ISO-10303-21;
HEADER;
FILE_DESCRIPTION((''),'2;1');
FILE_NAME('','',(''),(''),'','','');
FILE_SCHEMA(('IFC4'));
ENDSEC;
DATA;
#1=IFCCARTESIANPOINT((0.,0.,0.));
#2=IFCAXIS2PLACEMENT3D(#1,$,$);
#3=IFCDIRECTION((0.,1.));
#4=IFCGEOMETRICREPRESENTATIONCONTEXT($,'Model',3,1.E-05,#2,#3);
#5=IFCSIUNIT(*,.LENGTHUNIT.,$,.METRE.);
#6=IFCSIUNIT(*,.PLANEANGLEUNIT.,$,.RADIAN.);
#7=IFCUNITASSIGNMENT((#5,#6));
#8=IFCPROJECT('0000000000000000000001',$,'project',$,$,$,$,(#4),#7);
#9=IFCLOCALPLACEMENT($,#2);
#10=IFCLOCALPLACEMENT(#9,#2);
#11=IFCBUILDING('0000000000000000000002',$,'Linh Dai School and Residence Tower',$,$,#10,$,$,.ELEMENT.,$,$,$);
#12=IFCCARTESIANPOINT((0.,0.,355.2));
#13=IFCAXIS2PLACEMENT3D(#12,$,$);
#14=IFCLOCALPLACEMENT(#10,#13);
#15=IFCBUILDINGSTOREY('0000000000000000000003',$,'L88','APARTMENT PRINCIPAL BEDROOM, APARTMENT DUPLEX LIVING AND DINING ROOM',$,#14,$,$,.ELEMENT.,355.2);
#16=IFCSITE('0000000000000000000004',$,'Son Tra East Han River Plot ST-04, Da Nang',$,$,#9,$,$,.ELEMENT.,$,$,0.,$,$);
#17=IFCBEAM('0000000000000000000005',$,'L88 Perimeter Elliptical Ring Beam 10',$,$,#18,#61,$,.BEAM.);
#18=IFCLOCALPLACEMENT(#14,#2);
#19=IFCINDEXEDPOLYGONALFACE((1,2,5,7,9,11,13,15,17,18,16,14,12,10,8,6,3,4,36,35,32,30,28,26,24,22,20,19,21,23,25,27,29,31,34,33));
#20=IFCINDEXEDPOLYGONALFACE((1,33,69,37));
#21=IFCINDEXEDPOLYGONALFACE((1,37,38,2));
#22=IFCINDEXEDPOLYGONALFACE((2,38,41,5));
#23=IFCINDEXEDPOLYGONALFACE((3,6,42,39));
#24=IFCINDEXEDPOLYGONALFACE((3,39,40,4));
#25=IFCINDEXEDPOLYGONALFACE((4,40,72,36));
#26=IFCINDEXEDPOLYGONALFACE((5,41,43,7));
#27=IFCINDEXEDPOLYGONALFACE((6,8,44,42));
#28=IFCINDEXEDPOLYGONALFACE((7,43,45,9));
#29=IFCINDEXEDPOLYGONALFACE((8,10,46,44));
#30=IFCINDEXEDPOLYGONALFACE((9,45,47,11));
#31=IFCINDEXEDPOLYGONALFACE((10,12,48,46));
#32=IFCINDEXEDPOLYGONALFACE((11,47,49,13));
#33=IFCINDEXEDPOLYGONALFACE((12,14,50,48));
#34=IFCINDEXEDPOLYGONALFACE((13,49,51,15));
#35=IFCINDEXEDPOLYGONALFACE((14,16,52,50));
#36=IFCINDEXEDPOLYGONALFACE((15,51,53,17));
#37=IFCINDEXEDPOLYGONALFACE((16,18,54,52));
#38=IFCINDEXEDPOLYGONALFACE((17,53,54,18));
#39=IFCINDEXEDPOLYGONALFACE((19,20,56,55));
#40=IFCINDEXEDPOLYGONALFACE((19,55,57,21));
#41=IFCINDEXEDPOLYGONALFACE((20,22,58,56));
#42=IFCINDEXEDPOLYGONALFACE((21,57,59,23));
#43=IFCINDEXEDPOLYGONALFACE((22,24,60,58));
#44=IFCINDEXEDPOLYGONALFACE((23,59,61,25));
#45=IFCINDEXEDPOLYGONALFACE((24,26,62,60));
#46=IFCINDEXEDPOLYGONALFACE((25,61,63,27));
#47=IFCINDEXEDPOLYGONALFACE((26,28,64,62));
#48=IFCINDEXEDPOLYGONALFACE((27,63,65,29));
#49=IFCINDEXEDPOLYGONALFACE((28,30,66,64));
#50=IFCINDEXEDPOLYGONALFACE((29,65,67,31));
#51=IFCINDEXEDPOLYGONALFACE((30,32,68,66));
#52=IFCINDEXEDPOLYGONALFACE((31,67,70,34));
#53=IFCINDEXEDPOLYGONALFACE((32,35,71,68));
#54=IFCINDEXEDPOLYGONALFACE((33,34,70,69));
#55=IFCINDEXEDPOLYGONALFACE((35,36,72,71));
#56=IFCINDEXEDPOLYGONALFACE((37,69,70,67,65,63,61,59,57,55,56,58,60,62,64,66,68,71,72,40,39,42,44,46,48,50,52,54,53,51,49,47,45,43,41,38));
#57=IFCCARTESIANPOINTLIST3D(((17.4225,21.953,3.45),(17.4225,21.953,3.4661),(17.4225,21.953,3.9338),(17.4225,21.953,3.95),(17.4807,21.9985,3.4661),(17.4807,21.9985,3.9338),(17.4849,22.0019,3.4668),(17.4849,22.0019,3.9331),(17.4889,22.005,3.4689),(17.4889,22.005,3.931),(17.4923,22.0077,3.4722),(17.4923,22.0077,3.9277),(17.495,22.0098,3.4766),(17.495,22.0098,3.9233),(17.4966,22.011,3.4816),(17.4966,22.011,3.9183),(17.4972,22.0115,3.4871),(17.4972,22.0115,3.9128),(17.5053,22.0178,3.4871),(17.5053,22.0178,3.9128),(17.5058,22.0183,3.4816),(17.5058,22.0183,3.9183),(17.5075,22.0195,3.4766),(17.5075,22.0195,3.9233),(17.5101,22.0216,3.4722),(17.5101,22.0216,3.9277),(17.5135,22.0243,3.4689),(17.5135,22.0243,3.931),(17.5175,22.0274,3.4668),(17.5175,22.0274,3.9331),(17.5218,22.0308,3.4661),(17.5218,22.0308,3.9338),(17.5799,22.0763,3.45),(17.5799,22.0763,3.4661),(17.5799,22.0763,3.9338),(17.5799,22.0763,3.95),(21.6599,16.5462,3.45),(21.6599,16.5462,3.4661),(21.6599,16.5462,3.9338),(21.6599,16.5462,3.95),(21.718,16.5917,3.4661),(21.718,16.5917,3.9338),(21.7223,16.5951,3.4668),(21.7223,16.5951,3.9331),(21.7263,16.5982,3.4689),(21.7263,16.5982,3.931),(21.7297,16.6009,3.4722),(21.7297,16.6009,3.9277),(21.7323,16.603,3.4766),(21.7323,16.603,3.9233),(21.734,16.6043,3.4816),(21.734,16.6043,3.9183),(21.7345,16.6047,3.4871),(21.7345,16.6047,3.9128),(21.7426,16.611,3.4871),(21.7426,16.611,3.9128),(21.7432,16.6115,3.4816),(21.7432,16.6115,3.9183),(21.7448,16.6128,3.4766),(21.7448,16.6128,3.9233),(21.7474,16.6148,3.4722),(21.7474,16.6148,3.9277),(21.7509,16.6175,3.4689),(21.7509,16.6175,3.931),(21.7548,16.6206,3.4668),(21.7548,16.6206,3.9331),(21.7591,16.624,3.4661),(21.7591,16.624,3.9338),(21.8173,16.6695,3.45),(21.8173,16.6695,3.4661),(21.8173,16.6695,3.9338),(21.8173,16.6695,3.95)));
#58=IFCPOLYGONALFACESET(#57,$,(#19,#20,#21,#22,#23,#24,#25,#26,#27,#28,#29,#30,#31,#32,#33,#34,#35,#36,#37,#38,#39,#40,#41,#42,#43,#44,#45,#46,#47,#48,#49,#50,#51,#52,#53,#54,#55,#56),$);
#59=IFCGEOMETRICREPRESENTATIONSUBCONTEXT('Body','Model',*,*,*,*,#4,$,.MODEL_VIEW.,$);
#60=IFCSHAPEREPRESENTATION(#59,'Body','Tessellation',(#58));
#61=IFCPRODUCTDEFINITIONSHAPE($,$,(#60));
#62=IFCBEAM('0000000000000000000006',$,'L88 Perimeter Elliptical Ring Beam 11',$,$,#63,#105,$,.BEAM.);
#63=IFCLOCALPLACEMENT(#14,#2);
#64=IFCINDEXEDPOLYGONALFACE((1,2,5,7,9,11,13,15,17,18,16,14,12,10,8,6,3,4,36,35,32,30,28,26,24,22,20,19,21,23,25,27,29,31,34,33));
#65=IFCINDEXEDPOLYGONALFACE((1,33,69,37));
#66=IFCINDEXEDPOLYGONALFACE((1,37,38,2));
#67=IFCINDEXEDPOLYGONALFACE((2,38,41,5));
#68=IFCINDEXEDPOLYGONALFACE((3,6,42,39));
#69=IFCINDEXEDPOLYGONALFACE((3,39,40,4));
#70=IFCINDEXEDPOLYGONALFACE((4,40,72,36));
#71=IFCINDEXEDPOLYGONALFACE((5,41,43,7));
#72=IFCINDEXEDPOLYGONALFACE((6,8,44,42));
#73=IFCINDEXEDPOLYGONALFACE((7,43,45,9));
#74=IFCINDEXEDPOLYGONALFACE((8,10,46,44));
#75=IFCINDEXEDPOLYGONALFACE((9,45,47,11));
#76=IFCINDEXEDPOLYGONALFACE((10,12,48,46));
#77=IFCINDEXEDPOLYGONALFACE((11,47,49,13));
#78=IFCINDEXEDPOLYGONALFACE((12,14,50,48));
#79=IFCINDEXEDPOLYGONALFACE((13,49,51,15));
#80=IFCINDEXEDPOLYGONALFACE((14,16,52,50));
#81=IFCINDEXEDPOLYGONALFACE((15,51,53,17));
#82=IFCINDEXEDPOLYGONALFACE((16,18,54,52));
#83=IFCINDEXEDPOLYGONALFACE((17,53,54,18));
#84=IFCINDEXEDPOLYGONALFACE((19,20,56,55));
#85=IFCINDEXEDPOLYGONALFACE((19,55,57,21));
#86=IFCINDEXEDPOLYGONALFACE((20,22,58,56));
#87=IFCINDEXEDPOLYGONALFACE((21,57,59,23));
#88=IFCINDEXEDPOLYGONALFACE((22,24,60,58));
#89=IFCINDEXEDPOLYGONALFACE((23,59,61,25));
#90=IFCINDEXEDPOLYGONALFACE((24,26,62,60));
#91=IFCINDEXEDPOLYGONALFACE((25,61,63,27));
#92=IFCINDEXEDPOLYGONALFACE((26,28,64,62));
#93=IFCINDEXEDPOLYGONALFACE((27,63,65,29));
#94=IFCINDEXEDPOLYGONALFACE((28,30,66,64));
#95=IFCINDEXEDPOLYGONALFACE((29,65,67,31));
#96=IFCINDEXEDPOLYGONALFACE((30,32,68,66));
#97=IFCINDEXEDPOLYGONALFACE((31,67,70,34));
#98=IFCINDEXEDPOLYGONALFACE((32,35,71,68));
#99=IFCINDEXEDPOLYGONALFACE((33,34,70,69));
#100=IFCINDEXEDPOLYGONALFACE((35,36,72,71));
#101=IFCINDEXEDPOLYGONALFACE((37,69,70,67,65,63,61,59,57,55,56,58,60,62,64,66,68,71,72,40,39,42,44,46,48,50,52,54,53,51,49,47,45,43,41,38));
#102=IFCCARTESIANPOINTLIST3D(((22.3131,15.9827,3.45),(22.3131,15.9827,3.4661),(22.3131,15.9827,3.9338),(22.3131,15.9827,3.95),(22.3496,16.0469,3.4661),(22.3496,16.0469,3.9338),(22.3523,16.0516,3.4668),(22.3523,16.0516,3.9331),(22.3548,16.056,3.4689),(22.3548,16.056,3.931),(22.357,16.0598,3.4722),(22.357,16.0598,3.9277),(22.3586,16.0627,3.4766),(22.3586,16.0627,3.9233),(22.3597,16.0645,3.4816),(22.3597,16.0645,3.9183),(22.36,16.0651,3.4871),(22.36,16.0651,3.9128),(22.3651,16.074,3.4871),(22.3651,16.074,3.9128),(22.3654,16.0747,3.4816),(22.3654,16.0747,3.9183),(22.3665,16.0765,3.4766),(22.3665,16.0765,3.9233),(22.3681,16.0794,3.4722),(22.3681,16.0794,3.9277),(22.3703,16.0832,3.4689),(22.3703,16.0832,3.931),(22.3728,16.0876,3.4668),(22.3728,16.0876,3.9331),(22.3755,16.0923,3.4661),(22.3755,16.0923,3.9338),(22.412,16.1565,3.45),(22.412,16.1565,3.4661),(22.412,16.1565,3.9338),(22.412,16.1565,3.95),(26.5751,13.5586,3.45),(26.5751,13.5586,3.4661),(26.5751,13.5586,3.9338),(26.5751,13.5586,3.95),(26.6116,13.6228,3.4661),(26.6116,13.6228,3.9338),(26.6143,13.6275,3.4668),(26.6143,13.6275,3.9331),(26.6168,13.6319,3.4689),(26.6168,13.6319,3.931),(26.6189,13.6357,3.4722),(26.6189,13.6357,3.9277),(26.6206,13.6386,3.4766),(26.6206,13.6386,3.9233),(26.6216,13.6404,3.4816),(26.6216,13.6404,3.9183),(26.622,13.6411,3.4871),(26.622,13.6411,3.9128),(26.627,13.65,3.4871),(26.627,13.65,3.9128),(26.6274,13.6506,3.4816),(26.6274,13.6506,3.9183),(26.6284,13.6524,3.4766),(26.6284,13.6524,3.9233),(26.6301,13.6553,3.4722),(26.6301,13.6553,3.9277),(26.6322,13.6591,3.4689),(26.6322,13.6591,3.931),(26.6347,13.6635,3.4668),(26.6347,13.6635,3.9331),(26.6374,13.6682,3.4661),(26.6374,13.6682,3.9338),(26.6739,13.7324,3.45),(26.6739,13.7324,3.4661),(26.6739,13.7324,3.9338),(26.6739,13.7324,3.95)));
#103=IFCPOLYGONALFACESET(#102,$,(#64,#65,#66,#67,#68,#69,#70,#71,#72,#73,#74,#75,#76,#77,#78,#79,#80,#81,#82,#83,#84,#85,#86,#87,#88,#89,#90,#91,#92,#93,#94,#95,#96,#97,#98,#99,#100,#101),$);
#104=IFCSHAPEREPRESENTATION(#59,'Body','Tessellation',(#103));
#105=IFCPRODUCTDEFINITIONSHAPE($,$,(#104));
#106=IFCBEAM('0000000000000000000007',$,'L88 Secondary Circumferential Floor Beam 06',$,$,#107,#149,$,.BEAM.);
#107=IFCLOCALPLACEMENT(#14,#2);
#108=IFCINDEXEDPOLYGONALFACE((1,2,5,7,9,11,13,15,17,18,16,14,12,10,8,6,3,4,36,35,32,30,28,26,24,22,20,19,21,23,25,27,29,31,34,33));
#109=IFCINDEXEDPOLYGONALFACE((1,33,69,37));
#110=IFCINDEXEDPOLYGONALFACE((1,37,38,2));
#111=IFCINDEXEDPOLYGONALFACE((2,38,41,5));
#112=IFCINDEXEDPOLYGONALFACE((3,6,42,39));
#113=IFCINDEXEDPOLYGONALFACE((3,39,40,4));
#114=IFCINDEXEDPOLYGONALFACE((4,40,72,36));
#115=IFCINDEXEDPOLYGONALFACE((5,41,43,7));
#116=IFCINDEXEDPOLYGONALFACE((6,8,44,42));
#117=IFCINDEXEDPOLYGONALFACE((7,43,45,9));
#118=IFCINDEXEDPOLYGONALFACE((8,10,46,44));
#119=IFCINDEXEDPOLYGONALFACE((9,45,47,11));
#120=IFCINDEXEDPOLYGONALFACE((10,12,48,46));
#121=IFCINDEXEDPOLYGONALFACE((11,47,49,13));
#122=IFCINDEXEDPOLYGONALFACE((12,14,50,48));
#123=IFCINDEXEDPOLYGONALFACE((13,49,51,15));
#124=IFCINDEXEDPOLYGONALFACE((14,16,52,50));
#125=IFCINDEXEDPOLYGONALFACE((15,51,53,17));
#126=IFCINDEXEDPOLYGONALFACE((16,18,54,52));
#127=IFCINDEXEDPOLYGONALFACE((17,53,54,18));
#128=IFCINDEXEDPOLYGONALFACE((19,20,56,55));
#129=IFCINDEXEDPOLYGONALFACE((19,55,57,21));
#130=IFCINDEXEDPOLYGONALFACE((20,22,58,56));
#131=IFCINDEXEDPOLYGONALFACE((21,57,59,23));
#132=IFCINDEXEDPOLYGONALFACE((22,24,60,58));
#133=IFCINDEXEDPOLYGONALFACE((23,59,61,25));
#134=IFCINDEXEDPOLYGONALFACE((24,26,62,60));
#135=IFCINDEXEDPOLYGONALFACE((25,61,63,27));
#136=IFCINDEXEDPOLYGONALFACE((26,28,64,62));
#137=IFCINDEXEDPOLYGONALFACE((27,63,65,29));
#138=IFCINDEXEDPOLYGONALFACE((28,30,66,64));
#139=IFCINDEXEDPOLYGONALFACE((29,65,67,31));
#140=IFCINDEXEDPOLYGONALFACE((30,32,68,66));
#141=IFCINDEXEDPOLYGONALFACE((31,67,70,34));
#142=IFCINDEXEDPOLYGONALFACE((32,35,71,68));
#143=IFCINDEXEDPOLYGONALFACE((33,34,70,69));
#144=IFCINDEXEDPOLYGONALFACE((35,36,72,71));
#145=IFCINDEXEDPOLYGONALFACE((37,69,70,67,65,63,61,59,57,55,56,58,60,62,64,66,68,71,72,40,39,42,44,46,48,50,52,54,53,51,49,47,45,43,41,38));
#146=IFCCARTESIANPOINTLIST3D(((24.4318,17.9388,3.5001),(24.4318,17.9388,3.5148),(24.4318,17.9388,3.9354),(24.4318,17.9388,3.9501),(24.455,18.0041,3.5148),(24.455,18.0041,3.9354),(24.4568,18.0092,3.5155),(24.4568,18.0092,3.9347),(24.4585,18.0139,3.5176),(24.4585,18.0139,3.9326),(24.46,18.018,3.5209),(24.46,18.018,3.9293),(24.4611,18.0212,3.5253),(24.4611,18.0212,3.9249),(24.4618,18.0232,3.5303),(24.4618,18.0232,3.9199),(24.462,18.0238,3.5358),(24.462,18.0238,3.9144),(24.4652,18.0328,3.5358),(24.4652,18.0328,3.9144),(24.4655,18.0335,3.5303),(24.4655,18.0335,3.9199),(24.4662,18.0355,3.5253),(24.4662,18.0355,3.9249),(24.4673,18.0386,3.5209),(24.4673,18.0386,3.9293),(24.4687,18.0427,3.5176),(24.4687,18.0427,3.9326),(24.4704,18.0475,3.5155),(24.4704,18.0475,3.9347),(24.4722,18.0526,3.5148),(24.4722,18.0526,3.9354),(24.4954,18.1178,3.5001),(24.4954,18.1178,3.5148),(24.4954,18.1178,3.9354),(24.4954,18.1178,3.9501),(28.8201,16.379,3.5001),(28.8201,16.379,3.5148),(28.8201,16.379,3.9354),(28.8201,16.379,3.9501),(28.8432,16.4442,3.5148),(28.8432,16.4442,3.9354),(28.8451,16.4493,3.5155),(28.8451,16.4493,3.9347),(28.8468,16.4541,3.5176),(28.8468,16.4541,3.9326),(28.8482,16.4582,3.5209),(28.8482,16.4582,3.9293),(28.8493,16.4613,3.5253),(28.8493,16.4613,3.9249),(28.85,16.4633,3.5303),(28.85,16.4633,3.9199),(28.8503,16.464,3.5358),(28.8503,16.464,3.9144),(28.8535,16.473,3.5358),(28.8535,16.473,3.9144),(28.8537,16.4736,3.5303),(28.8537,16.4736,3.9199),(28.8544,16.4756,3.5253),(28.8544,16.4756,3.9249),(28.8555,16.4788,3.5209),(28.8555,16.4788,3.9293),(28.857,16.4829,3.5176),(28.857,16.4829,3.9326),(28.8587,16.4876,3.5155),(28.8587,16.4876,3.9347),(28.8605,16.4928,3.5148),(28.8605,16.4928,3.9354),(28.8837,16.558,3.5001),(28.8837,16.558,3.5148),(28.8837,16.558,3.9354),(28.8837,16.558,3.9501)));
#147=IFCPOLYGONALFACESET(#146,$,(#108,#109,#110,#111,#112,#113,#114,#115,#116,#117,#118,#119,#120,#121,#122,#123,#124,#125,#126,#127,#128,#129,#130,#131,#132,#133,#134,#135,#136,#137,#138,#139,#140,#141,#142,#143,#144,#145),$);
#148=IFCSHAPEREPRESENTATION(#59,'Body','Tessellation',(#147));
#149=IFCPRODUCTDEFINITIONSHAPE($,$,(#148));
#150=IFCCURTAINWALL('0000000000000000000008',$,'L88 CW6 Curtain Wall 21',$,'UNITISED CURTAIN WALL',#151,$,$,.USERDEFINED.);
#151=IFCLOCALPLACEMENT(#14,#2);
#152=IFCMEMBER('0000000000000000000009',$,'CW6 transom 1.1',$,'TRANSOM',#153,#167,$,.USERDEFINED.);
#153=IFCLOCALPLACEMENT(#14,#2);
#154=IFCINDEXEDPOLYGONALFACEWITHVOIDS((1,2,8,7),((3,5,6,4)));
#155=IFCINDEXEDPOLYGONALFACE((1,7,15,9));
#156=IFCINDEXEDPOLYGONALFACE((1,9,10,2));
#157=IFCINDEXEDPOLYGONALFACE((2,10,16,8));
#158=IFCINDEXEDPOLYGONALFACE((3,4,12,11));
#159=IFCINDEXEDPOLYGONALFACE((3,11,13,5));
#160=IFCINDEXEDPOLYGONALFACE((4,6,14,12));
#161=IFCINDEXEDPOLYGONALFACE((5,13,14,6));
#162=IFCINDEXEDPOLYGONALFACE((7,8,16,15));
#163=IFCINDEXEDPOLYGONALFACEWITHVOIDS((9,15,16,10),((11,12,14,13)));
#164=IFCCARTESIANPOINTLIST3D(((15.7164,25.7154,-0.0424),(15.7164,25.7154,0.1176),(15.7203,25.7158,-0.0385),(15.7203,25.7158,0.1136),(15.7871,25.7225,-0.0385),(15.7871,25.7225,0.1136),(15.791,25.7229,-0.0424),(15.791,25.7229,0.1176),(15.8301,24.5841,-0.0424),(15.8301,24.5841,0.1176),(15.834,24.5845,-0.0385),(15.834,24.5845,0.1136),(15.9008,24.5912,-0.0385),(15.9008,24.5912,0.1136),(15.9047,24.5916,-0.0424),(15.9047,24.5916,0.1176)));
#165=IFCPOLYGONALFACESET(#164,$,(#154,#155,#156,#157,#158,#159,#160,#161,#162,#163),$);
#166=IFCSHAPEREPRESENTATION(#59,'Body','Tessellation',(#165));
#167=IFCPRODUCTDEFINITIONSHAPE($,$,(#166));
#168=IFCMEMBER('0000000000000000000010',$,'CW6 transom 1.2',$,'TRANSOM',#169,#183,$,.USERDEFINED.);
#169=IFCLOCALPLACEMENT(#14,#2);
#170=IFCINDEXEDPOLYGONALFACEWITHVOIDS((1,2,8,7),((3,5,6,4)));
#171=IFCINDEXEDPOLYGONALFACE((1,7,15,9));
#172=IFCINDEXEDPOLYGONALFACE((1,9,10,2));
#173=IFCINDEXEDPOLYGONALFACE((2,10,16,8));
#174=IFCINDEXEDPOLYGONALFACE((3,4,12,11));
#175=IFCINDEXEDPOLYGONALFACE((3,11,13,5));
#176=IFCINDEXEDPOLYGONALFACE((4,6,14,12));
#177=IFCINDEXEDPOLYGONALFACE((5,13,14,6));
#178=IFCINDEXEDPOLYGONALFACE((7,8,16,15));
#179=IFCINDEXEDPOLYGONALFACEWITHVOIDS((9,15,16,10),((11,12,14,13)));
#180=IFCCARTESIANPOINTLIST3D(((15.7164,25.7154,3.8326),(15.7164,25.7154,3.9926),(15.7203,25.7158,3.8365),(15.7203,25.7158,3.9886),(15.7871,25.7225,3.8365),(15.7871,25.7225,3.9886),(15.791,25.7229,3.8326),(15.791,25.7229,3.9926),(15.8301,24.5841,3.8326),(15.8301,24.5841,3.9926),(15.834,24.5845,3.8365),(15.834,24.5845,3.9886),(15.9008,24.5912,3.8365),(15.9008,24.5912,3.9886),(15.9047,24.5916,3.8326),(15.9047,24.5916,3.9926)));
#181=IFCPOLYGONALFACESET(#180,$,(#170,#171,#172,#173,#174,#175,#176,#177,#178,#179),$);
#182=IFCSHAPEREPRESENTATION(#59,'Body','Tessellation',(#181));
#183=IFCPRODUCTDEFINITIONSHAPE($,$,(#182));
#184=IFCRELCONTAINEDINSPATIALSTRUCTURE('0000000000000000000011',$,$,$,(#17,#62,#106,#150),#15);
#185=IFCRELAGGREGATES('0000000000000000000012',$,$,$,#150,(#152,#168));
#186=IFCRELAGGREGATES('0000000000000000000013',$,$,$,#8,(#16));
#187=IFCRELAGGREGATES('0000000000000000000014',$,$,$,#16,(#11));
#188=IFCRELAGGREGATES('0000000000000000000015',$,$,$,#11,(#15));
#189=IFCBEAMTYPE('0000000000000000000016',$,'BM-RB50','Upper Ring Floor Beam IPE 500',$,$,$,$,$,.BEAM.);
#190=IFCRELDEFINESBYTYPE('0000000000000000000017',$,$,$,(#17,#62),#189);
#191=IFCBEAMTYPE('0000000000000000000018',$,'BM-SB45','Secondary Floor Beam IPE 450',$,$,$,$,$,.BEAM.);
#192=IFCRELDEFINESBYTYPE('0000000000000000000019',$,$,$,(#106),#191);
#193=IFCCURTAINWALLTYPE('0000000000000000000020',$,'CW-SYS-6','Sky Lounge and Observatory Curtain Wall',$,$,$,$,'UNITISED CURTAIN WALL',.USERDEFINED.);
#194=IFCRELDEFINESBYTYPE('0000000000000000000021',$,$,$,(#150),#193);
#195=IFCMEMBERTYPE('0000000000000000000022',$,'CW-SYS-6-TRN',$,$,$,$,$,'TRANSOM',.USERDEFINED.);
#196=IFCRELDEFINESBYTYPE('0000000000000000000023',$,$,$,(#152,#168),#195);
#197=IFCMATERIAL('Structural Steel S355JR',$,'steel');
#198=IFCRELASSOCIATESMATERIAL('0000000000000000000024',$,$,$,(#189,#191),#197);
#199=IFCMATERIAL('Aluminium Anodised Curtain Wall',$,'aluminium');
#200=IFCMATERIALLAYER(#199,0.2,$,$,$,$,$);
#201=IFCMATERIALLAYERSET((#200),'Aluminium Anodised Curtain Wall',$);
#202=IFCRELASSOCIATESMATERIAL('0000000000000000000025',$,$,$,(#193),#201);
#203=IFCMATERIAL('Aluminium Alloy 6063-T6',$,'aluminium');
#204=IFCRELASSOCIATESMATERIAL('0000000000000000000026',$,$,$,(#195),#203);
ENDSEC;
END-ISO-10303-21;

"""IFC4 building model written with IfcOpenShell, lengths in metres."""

from ifc_helpers import new_model, si_unit, direction, frame, origin, origin_2d, place, context, subcontext, project, spatial, hollow_rectangle, i_section, extrude, source, transform, mapped, material, layer, layer_set, material_profile, profile_set, type_object, element, aggregate, save


model = new_model("IFC4")

# Units and contexts
model_context = context("Model", 3, precision=1e-05, world=origin(), true_north=direction((0.0, 1.0)))
body_context = subcontext(model_context, "Body", "Model", "MODEL_VIEW")
ifc_project = project(units=[si_unit("LENGTHUNIT", "METRE"), si_unit("PLANEANGLEUNIT", "RADIAN")], contexts=[model_context])

# Site, building, storey
site_placement = place(None, origin())
site = spatial("IfcSite", under=ifc_project, at=site_placement, Name="Son Tra East Han River Plot ST-04, Da Nang", CompositionType="ELEMENT", RefElevation=0.0)
building_placement = place(site_placement, origin())
building = spatial("IfcBuilding", under=site, at=building_placement, Name="Linh Dai School and Residence Tower", CompositionType="ELEMENT")
storey_placement = place(building_placement, frame((0.0, 0.0, 355.2)))
storey = spatial("IfcBuildingStorey", under=building, at=storey_placement, Name="L88", Description="APARTMENT PRINCIPAL BEDROOM, APARTMENT DUPLEX LIVING AND DINING ROOM", CompositionType="ELEMENT", Elevation=355.2)

# Shared definitions
ifc_material_1 = material(Name="Structural Steel S355JR", Category="steel")

# Beams
ifc_material_profile_1 = material_profile(ifc_material_1, i_section(OverallWidth=0.2, OverallDepth=0.5, WebThickness=0.0103, FlangeThickness=0.0161, FilletRadius=0.021, at=origin_2d()), Name="IPE 500")
ifc_profile_set_1 = profile_set([ifc_material_profile_1], Name="Structural Steel S355JR")
beam_type_1 = type_object("IfcBeamType", Name="BM-RB50", Description="Upper Ring Floor Beam IPE 500", PredefinedType="BEAM", material=ifc_profile_set_1)
beam_1_placement = place(storey_placement, frame((17.5012, 22.0146, 3.7), z_axis=(0.616845, -0.787085, 0.0), x_axis=(0.787085, 0.616845, 0.0)))
element("IfcBeam", 1, at=beam_1_placement, inside=storey, type_object=beam_type_1, Name="L88 Perimeter Elliptical Ring Beam 10", PredefinedType="BEAM", context=body_context, shape_type="SweptSolid", body=[
    extrude(i_section(OverallWidth=0.2, OverallDepth=0.5, WebThickness=0.0103, FlangeThickness=0.0161, FilletRadius=0.021, at=origin_2d()), origin(), (0.0, 0.0, 1.0), 6.8694),
])
beam_2_placement = place(storey_placement, frame((22.3625, 16.0696, 3.7), z_axis=(0.869237, -0.494395, 0.0), x_axis=(0.494395, 0.869237, 0.0)))
element("IfcBeam", 2, at=beam_2_placement, inside=storey, type_object=beam_type_1, Name="L88 Perimeter Elliptical Ring Beam 11", PredefinedType="BEAM", context=body_context, shape_type="SweptSolid", body=[
    extrude(i_section(OverallWidth=0.2, OverallDepth=0.5, WebThickness=0.0103, FlangeThickness=0.0161, FilletRadius=0.021, at=origin_2d()), origin(), (0.0, 0.0, 1.0), 4.9031),
])
ifc_material_profile_2 = material_profile(ifc_material_1, i_section(OverallWidth=0.1899, OverallDepth=0.45, WebThickness=0.0095, FlangeThickness=0.0146, FilletRadius=0.021, at=origin_2d()), Name="IPE 450")
ifc_profile_set_2 = profile_set([ifc_material_profile_2], Name="Structural Steel S355JR")
beam_type_2 = type_object("IfcBeamType", Name="BM-SB45", Description="Secondary Floor Beam IPE 450", PredefinedType="BEAM", material=ifc_profile_set_2)
beam_3_placement = place(storey_placement, frame((24.4636, 18.0283, 3.7251), z_axis=(0.942244, -0.334928, 0.0), x_axis=(0.334928, 0.942244, 0.0)))
element("IfcBeam", 3, at=beam_3_placement, inside=storey, type_object=beam_type_2, Name="L88 Secondary Circumferential Floor Beam 06", PredefinedType="BEAM", context=body_context, shape_type="SweptSolid", body=[
    extrude(i_section(OverallWidth=0.1899, OverallDepth=0.45, WebThickness=0.0095, FlangeThickness=0.0146, FilletRadius=0.021, at=origin_2d()), origin(), (0.0, 0.0, 1.0), 4.6572),
])

# Curtain wall, members
ifc_material_2 = material(Name="Aluminium Anodised Curtain Wall", Category="aluminium")
ifc_layer_1 = layer(ifc_material_2, 0.2)
ifc_layer_set_1 = layer_set([ifc_layer_1], Name="Aluminium Anodised Curtain Wall")
curtain_wall_type = type_object("IfcCurtainWallType", Name="CW-SYS-6", Description="Sky Lounge and Observatory Curtain Wall", ElementType="UNITISED CURTAIN WALL", PredefinedType="USERDEFINED", material=ifc_layer_set_1)
curtain_wall_placement = place(storey_placement, origin())
curtain_wall = element("IfcCurtainWall", 4, at=curtain_wall_placement, inside=storey, type_object=curtain_wall_type, Name="L88 CW6 Curtain Wall 21", ObjectType="UNITISED CURTAIN WALL", PredefinedType="USERDEFINED")
ifc_material_3 = material(Name="Aluminium Alloy 6063-T6", Category="aluminium")
ifc_material_profile_3 = material_profile(ifc_material_3, hollow_rectangle(XDim=0.075, YDim=0.1599, WallThickness=0.0039, at=origin_2d()), Name="RHS 160x75x4")
ifc_profile_set_3 = profile_set([ifc_material_profile_3], Name="Aluminium Alloy 6063-T6")
member_type_1 = type_object("IfcMemberType", Name="CW-SYS-6-TRN", ElementType="TRANSOM", PredefinedType="USERDEFINED", material=ifc_profile_set_3)
shared_shape_1 = source(origin(), body_context, "Body", "SweptSolid", [
    extrude(hollow_rectangle(XDim=0.075, YDim=0.1599, WallThickness=0.0039, at=origin_2d()), origin(), (0.0, 0.0, 1.0), 1.137),
])
member_1_placement = place(storey_placement, frame((15.8674, 24.5879, 0.0376), z_axis=(-0.100056, 0.994982, 0.0), x_axis=(-0.994982, -0.100056, 0.0)))
member_1 = element("IfcMember", 5, at=member_1_placement, type_object=member_type_1, Name="CW6 transom 1.1", ObjectType="TRANSOM", PredefinedType="USERDEFINED", context=body_context, shape_type="MappedRepresentation", body=[
    mapped(shared_shape_1, transform((0.0, 0.0, 0.0), x_axis=(1.0, 0.0, 0.0), y_axis=(0.0, 1.0, 0.0), z_axis=(0.0, 0.0, 1.0), scale=1.0)),
])
member_2_placement = place(storey_placement, frame((15.8674, 24.5879, 3.9126), z_axis=(-0.100056, 0.994982, 0.0), x_axis=(-0.994982, -0.100056, 0.0)))
member_2 = element("IfcMember", 6, at=member_2_placement, type_object=member_type_1, Name="CW6 transom 1.2", ObjectType="TRANSOM", PredefinedType="USERDEFINED", context=body_context, shape_type="MappedRepresentation", body=[
    mapped(shared_shape_1, transform((0.0, 0.0, 0.0), x_axis=(1.0, 0.0, 0.0), y_axis=(0.0, 1.0, 0.0), z_axis=(0.0, 0.0, 1.0), scale=1.0)),
])
aggregate(curtain_wall, [member_1, member_2])

save(model, "model.ifc")
